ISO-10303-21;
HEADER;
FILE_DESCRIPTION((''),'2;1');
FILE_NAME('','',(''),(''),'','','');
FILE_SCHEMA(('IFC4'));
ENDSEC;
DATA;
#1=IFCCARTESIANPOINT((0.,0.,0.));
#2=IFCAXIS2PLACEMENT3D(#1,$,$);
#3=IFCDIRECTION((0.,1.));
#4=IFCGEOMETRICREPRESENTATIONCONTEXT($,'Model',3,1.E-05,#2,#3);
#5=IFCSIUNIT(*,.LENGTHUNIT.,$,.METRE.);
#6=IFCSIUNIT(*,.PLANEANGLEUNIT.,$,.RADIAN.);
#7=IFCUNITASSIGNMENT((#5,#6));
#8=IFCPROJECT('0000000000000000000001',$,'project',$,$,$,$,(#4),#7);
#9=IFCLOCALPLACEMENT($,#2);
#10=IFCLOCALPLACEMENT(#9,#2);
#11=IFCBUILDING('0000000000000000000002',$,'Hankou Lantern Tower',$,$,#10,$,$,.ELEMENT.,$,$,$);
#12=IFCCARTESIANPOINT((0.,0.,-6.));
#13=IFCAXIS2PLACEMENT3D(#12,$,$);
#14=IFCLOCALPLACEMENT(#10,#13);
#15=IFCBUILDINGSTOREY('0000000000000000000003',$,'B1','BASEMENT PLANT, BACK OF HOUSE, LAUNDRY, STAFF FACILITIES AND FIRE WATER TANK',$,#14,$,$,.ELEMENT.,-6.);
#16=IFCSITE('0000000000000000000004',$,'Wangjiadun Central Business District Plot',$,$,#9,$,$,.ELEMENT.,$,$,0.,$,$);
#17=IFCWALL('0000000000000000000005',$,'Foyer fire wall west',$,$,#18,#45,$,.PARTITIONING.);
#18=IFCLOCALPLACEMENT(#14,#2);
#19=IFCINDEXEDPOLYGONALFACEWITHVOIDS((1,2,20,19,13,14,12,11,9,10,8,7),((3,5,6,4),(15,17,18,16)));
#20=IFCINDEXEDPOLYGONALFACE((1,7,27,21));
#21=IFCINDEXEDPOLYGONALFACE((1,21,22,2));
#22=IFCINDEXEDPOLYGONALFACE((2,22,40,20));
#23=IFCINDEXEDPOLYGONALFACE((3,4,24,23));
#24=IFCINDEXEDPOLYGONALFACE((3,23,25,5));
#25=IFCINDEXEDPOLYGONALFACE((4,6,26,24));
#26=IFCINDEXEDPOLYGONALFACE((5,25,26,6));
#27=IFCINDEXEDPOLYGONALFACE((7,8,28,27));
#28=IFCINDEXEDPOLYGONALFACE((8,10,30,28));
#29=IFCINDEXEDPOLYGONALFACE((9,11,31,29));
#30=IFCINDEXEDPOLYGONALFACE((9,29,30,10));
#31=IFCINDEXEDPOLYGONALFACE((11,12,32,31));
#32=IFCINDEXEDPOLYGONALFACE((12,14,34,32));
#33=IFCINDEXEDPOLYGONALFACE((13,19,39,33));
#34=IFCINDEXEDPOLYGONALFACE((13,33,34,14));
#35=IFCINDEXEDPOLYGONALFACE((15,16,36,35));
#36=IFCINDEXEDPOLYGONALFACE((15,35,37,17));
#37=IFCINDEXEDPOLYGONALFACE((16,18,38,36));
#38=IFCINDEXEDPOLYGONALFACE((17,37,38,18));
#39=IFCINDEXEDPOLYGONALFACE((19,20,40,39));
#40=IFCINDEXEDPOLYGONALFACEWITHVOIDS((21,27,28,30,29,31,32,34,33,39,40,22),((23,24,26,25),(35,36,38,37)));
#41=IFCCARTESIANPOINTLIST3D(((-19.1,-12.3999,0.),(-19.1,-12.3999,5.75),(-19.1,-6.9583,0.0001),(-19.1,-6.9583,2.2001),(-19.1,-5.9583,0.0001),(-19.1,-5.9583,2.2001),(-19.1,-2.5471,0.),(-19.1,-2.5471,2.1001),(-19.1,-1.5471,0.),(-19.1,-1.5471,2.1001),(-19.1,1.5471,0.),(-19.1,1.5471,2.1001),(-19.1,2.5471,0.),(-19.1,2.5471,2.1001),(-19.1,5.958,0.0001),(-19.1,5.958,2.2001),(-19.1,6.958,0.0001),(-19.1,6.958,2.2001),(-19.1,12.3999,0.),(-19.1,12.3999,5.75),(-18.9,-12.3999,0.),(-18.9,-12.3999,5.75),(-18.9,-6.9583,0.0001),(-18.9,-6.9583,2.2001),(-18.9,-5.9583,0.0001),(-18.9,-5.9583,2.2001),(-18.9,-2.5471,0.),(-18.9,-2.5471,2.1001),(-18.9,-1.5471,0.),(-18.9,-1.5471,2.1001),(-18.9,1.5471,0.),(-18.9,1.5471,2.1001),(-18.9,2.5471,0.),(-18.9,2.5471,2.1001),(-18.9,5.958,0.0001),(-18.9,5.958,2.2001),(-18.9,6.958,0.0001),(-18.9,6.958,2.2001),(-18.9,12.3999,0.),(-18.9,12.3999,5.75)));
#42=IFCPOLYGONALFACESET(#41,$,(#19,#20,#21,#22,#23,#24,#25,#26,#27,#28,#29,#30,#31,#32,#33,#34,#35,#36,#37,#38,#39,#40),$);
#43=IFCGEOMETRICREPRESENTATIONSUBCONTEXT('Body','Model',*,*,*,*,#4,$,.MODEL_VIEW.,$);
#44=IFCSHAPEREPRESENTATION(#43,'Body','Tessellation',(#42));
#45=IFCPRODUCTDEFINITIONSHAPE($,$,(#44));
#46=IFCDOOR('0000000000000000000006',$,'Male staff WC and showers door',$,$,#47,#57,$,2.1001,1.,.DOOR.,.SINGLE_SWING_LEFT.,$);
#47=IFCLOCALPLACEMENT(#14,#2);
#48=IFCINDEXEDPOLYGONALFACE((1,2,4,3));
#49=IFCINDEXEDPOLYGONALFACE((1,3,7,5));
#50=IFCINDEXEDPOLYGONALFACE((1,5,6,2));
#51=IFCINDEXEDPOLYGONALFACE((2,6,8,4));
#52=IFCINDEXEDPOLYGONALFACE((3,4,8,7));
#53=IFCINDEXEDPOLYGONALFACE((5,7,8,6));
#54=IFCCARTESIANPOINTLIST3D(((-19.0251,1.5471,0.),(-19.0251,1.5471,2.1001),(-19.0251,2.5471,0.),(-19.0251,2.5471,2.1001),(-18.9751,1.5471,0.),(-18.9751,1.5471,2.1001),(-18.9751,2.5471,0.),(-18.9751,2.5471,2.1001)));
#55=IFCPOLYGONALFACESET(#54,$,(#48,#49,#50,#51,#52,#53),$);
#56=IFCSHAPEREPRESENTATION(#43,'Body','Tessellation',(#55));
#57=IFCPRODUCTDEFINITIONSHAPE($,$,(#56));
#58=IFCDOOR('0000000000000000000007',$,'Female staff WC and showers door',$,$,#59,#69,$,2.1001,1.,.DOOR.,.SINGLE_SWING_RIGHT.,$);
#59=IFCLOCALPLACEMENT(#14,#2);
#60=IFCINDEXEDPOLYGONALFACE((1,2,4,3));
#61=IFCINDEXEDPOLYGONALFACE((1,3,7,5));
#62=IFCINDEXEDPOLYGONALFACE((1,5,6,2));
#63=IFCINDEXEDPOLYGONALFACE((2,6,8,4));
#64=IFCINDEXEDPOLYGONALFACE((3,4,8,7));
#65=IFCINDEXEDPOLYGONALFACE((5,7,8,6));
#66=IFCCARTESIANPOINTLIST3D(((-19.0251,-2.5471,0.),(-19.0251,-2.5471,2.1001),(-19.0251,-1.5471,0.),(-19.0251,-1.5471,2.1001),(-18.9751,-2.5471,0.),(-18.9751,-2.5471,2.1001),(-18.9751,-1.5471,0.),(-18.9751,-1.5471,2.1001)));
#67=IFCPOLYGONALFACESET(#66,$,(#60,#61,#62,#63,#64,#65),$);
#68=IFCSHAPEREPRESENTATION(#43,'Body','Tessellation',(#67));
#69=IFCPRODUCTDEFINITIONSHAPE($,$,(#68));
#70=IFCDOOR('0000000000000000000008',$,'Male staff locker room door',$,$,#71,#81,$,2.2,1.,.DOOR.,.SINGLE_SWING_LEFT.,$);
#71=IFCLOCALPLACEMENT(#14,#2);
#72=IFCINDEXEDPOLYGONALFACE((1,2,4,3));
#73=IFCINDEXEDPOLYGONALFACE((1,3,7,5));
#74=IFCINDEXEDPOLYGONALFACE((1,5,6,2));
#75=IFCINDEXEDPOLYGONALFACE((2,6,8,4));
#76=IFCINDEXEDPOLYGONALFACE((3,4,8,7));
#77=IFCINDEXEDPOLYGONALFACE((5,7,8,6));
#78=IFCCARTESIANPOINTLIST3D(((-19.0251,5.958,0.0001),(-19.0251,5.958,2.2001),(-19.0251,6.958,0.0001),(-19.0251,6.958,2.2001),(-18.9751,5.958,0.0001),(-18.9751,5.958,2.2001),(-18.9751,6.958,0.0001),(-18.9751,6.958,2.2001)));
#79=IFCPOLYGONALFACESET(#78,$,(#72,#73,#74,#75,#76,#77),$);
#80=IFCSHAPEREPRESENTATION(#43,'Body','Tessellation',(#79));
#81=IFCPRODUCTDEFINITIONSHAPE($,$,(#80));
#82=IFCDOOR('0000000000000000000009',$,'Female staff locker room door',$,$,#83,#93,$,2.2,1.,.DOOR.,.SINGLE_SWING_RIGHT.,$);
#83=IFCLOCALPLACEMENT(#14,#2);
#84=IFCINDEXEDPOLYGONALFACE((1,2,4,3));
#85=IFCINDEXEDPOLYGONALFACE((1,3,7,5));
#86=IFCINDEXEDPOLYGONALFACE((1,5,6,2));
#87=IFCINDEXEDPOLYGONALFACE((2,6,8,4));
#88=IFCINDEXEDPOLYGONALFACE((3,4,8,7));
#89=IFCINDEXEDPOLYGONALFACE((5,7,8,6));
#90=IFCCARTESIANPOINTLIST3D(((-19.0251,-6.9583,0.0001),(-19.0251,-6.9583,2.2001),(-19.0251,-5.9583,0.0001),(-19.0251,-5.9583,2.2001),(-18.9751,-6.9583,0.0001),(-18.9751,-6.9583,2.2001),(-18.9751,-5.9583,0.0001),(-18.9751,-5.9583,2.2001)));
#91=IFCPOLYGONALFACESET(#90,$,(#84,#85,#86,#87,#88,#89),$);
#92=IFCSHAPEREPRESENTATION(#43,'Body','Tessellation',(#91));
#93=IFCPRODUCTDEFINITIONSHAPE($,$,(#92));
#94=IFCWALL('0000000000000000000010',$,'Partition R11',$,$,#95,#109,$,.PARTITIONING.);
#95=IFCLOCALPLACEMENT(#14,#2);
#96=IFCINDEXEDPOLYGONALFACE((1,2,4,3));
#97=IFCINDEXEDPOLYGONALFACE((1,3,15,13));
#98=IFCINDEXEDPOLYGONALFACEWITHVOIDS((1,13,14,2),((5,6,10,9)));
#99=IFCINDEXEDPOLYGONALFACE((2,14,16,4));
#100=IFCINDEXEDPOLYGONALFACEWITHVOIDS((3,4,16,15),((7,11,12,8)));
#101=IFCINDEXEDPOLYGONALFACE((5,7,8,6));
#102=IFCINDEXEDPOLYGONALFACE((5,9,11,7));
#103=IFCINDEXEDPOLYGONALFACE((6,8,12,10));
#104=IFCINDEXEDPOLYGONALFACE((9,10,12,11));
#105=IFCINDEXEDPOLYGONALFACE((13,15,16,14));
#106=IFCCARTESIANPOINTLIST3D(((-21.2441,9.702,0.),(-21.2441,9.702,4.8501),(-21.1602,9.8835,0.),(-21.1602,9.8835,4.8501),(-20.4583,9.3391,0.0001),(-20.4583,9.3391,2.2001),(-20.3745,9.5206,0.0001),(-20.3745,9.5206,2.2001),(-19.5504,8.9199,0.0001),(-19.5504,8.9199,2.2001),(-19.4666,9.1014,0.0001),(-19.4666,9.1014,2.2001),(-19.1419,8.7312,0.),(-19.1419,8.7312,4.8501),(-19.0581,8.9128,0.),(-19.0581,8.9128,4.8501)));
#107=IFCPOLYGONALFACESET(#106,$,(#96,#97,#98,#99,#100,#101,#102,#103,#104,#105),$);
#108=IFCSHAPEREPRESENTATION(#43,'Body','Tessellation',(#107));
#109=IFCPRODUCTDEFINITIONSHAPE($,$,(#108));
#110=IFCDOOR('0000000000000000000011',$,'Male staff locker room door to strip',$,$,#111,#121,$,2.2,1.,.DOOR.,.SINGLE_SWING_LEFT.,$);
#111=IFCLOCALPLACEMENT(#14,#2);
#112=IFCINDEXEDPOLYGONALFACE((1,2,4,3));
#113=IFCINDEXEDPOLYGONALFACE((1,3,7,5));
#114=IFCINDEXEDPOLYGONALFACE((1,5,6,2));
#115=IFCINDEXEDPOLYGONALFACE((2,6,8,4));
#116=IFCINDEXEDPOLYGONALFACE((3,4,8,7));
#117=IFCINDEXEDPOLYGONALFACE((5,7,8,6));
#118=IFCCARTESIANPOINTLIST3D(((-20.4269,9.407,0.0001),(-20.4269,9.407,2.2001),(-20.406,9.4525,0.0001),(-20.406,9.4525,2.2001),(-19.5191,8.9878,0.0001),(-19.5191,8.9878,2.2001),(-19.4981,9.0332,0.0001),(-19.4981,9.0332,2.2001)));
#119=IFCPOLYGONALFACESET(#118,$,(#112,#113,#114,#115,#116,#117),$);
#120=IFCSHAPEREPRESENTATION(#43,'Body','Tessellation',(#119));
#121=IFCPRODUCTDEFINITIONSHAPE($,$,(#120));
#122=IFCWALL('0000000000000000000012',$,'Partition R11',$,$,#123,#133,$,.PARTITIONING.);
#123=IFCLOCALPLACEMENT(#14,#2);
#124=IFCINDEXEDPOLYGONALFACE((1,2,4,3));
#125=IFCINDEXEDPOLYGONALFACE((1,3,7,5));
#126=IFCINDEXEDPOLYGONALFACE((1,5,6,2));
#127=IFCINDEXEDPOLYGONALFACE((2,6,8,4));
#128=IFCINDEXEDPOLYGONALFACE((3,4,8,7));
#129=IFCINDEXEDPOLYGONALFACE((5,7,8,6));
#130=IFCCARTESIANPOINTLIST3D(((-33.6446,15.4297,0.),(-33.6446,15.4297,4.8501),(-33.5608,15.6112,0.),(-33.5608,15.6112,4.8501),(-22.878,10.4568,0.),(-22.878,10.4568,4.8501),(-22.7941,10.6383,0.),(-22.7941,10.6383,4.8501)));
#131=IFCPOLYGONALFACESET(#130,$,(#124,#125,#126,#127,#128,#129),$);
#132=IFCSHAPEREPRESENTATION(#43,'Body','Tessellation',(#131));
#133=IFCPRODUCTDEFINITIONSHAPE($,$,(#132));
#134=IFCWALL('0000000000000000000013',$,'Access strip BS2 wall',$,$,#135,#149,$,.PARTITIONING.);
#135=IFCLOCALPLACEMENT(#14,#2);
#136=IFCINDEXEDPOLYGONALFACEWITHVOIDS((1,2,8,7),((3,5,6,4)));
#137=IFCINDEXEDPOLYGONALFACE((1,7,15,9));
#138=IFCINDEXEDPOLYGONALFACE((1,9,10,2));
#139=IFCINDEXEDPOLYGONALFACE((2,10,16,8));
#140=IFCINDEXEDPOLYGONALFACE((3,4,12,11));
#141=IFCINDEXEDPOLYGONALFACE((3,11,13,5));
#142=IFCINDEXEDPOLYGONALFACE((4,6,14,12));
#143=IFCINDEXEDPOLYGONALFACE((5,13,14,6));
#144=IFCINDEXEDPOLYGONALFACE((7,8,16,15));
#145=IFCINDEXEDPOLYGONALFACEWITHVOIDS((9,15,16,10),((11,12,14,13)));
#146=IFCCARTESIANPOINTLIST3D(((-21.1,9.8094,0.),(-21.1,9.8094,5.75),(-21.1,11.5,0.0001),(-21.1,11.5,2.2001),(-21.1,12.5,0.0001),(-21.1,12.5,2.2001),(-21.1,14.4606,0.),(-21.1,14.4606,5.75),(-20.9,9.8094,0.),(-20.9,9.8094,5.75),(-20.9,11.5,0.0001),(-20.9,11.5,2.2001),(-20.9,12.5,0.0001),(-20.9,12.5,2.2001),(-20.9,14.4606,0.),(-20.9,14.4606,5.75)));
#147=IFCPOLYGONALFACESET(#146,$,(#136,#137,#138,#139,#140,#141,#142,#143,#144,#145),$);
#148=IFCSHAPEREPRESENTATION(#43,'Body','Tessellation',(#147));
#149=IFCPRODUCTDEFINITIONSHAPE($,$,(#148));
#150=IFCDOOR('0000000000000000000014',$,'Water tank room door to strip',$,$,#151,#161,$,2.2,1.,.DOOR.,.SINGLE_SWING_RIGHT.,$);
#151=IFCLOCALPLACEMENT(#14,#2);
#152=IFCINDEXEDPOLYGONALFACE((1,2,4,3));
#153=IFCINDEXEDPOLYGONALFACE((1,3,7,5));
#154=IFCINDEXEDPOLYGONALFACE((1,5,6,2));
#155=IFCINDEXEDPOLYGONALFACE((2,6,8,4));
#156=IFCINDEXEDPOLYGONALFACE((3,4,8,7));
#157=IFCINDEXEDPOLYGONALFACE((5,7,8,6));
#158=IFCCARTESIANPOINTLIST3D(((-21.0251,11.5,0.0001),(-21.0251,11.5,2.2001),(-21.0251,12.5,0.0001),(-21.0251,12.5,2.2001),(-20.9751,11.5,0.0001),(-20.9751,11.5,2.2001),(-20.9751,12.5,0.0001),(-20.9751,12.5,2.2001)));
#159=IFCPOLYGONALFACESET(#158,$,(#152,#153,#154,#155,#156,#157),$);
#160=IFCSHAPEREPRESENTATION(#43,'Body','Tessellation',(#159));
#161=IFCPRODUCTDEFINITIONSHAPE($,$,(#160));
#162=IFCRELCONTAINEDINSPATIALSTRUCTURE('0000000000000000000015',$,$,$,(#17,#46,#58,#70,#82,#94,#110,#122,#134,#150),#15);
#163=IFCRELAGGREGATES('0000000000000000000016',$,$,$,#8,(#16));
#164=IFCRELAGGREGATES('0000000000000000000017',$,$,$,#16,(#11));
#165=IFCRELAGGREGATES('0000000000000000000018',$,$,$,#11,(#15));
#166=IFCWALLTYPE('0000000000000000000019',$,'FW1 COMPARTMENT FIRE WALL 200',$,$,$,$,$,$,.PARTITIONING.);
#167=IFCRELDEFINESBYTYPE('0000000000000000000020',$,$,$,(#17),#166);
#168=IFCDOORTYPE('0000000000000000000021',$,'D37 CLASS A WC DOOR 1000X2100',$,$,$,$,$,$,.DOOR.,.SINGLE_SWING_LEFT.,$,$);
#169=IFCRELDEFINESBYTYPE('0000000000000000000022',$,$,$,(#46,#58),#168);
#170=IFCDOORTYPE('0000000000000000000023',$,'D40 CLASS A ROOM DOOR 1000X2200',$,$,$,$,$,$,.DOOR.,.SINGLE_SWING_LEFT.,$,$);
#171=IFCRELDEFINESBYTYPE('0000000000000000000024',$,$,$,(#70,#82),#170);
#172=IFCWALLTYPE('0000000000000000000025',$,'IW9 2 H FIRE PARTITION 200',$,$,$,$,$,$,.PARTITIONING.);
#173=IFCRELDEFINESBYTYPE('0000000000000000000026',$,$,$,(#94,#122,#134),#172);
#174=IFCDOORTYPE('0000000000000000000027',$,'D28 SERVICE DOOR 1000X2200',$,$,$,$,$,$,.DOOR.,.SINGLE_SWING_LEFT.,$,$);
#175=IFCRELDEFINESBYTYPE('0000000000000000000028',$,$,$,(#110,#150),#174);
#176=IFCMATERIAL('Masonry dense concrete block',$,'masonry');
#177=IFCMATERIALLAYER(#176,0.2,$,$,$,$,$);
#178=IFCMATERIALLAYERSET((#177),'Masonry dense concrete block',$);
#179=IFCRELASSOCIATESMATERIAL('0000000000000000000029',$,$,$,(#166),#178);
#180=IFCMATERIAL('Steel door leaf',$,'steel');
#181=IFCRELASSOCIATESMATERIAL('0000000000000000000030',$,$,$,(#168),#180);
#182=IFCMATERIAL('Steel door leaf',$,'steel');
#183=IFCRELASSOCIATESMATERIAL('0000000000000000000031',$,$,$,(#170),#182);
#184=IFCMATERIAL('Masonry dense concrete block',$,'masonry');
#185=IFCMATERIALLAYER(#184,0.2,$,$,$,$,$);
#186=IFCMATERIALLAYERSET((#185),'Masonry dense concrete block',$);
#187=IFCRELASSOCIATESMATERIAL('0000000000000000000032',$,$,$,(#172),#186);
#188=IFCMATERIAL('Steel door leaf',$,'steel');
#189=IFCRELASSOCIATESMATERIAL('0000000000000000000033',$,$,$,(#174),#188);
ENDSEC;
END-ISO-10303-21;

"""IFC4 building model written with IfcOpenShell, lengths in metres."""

from ifc_helpers import new_model, si_unit, direction, frame, frame_2d, origin, place, context, subcontext, project, spatial, rectangle, extrude, material, layer, layer_set, type_object, element, fill, save


model = new_model("IFC4")

# Units and contexts
model_context = context("Model", 3, precision=1e-05, world=origin(), true_north=direction((0.0, 1.0)))
body_context = subcontext(model_context, "Body", "Model", "MODEL_VIEW")
ifc_project = project(units=[si_unit("LENGTHUNIT", "METRE"), si_unit("PLANEANGLEUNIT", "RADIAN")], contexts=[model_context])

# Site, building, storey
site_placement = place(None, origin())
site = spatial("IfcSite", under=ifc_project, at=site_placement, Name="Wangjiadun Central Business District Plot", CompositionType="ELEMENT", RefElevation=0.0)
building_placement = place(site_placement, origin())
building = spatial("IfcBuilding", under=site, at=building_placement, Name="Hankou Lantern Tower", CompositionType="ELEMENT")
storey_placement = place(building_placement, frame((0.0, 0.0, -6.0)))
storey = spatial("IfcBuildingStorey", under=building, at=storey_placement, Name="B1", Description="BASEMENT PLANT, BACK OF HOUSE, LAUNDRY, STAFF FACILITIES AND FIRE WATER TANK", CompositionType="ELEMENT", Elevation=-6.0)

# Wall, openings, doors
ifc_material_1 = material(Name="Masonry dense concrete block", Category="masonry")
ifc_layer_1 = layer(ifc_material_1, 0.2)
ifc_layer_set_1 = layer_set([ifc_layer_1], Name="Masonry dense concrete block")
wall_type_1 = type_object("IfcWallType", Name="FW1 COMPARTMENT FIRE WALL 200", PredefinedType="PARTITIONING", material=ifc_layer_set_1)
wall_1_placement = place(storey_placement, frame((-19.0, 12.3999, 0.0), z_axis=(0.0, 0.0, 1.0), x_axis=(0.0, -1.0, 0.0)))
wall_1 = element("IfcWall", 1, at=wall_1_placement, inside=storey, type_object=wall_type_1, Name="Foyer fire wall west", PredefinedType="PARTITIONING", context=body_context, shape_type="SweptSolid", body=[
    extrude(rectangle(XDim=24.7998, YDim=0.2, at=frame_2d((12.3999, 0.0))), origin(), (0.0, 0.0, 1.0), 5.75),
])
opening_1_placement = place(wall_1_placement, frame((5.4419, 0.0, 0.0)))
opening_1 = element("IfcOpeningElement", 2, at=opening_1_placement, cuts=wall_1, PredefinedType="OPENING", context=body_context, shape_type="SweptSolid", body=[
    extrude(rectangle(XDim=1.0, YDim=2.2, at=frame_2d((0.5, 1.1001))), frame((0.0, 0.1099, 0.0), z_axis=(0.0, -1.0, 0.0), x_axis=(1.0, 0.0, 0.0)), (0.0, 0.0, 1.0), 0.22),
])
opening_2_placement = place(wall_1_placement, frame((9.8528, 0.0, 0.0)))
opening_2 = element("IfcOpeningElement", 3, at=opening_2_placement, cuts=wall_1, PredefinedType="OPENING", context=body_context, shape_type="SweptSolid", body=[
    extrude(rectangle(XDim=1.0, YDim=2.1001, at=frame_2d((0.5, 1.05))), frame((0.0, 0.1099, 0.0), z_axis=(0.0, -1.0, 0.0), x_axis=(1.0, 0.0, 0.0)), (0.0, 0.0, 1.0), 0.22),
])
opening_3_placement = place(wall_1_placement, frame((13.947, 0.0, 0.0)))
opening_3 = element("IfcOpeningElement", 4, at=opening_3_placement, cuts=wall_1, PredefinedType="OPENING", context=body_context, shape_type="SweptSolid", body=[
    extrude(rectangle(XDim=1.0, YDim=2.1001, at=frame_2d((0.5, 1.05))), frame((0.0, 0.1099, 0.0), z_axis=(0.0, -1.0, 0.0), x_axis=(1.0, 0.0, 0.0)), (0.0, 0.0, 1.0), 0.22),
])
opening_4_placement = place(wall_1_placement, frame((18.3582, 0.0, 0.0)))
opening_4 = element("IfcOpeningElement", 5, at=opening_4_placement, cuts=wall_1, PredefinedType="OPENING", context=body_context, shape_type="SweptSolid", body=[
    extrude(rectangle(XDim=1.0, YDim=2.2, at=frame_2d((0.5, 1.1001))), frame((0.0, 0.1099, 0.0), z_axis=(0.0, -1.0, 0.0), x_axis=(1.0, 0.0, 0.0)), (0.0, 0.0, 1.0), 0.22),
])
ifc_material_2 = material(Name="Steel door leaf", Category="steel")
door_type_1 = type_object("IfcDoorType", Name="D37 CLASS A WC DOOR 1000X2100", OperationType="SINGLE_SWING_LEFT", PredefinedType="DOOR", material=ifc_material_2)
door_1_placement = place(opening_2_placement, origin())
door_1 = element("IfcDoor", 6, at=door_1_placement, inside=storey, type_object=door_type_1, Name="Male staff WC and showers door", OperationType="SINGLE_SWING_LEFT", OverallHeight=2.1001, OverallWidth=1.0, PredefinedType="DOOR", context=body_context, shape_type="SweptSolid", body=[
    extrude(rectangle(XDim=1.0, YDim=2.1001, at=frame_2d((0.5, 1.05))), frame((0.0, 0.0249, 0.0), z_axis=(0.0, -1.0, 0.0), x_axis=(1.0, 0.0, 0.0)), (0.0, 0.0, 1.0), 0.05),
])
fill(opening_2, door_1)
door_2_placement = place(opening_3_placement, origin())
door_2 = element("IfcDoor", 7, at=door_2_placement, inside=storey, type_object=door_type_1, Name="Female staff WC and showers door", OperationType="SINGLE_SWING_RIGHT", OverallHeight=2.1001, OverallWidth=1.0, PredefinedType="DOOR", context=body_context, shape_type="SweptSolid", body=[
    extrude(rectangle(XDim=1.0, YDim=2.1001, at=frame_2d((0.5, 1.05))), frame((0.0, 0.0249, 0.0), z_axis=(0.0, -1.0, 0.0), x_axis=(1.0, 0.0, 0.0)), (0.0, 0.0, 1.0), 0.05),
])
fill(opening_3, door_2)
ifc_material_3 = material(Name="Steel door leaf", Category="steel")
door_type_2 = type_object("IfcDoorType", Name="D40 CLASS A ROOM DOOR 1000X2200", OperationType="SINGLE_SWING_LEFT", PredefinedType="DOOR", material=ifc_material_3)
door_3_placement = place(opening_1_placement, origin())
door_3 = element("IfcDoor", 8, at=door_3_placement, inside=storey, type_object=door_type_2, Name="Male staff locker room door", OperationType="SINGLE_SWING_LEFT", OverallHeight=2.2, OverallWidth=1.0, PredefinedType="DOOR", context=body_context, shape_type="SweptSolid", body=[
    extrude(rectangle(XDim=1.0, YDim=2.2, at=frame_2d((0.5, 1.1001))), frame((0.0, 0.0249, 0.0), z_axis=(0.0, -1.0, 0.0), x_axis=(1.0, 0.0, 0.0)), (0.0, 0.0, 1.0), 0.05),
])
fill(opening_1, door_3)
door_4_placement = place(opening_4_placement, origin())
door_4 = element("IfcDoor", 9, at=door_4_placement, inside=storey, type_object=door_type_2, Name="Female staff locker room door", OperationType="SINGLE_SWING_RIGHT", OverallHeight=2.2, OverallWidth=1.0, PredefinedType="DOOR", context=body_context, shape_type="SweptSolid", body=[
    extrude(rectangle(XDim=1.0, YDim=2.2, at=frame_2d((0.5, 1.1001))), frame((0.0, 0.0249, 0.0), z_axis=(0.0, -1.0, 0.0), x_axis=(1.0, 0.0, 0.0)), (0.0, 0.0, 1.0), 0.05),
])
fill(opening_4, door_4)

# Wall, opening, door
ifc_material_4 = material(Name="Masonry dense concrete block", Category="masonry")
ifc_layer_2 = layer(ifc_material_4, 0.2)
ifc_layer_set_2 = layer_set([ifc_layer_2], Name="Masonry dense concrete block")
wall_type_2 = type_object("IfcWallType", Name="IW9 2 H FIRE PARTITION 200", PredefinedType="PARTITIONING", material=ifc_layer_set_2)
wall_2_placement = place(storey_placement, frame((-21.2021, 9.7927, 0.0), z_axis=(0.0, 0.0, 1.0), x_axis=(0.907873, -0.419245, 0.0)))
wall_2 = element("IfcWall", 10, at=wall_2_placement, inside=storey, type_object=wall_type_2, Name="Partition R11", PredefinedType="PARTITIONING", context=body_context, shape_type="SweptSolid", body=[
    extrude(rectangle(XDim=2.3154, YDim=0.2, at=frame_2d((1.1577, 0.0))), origin(), (0.0, 0.0, 1.0), 4.8501),
])
opening_5_placement = place(wall_2_placement, frame((0.8655, 0.0, 0.0)))
opening_5 = element("IfcOpeningElement", 11, at=opening_5_placement, cuts=wall_2, PredefinedType="OPENING", context=body_context, shape_type="SweptSolid", body=[
    extrude(rectangle(XDim=1.0, YDim=2.2, at=frame_2d((0.5, 1.1001))), frame((0.0, 0.1099, 0.0), z_axis=(0.0, -1.0, 0.0), x_axis=(1.0, 0.0, 0.0)), (0.0, 0.0, 1.0), 0.22),
])
ifc_material_5 = material(Name="Steel door leaf", Category="steel")
door_type_3 = type_object("IfcDoorType", Name="D28 SERVICE DOOR 1000X2200", OperationType="SINGLE_SWING_LEFT", PredefinedType="DOOR", material=ifc_material_5)
door_5_placement = place(opening_5_placement, origin())
door_5 = element("IfcDoor", 12, at=door_5_placement, inside=storey, type_object=door_type_3, Name="Male staff locker room door to strip", OperationType="SINGLE_SWING_LEFT", OverallHeight=2.2, OverallWidth=1.0, PredefinedType="DOOR", context=body_context, shape_type="SweptSolid", body=[
    extrude(rectangle(XDim=1.0, YDim=2.2, at=frame_2d((0.5, 1.1001))), frame((0.0, 0.0249, 0.0), z_axis=(0.0, -1.0, 0.0), x_axis=(1.0, 0.0, 0.0)), (0.0, 0.0, 1.0), 0.05),
])
fill(opening_5, door_5)

# Wall
wall_3_placement = place(storey_placement, frame((-22.8362, 10.5476, 0.0), z_axis=(0.0, 0.0, 1.0), x_axis=(-0.907841, 0.419315, 0.0)))
element("IfcWall", 13, at=wall_3_placement, inside=storey, type_object=wall_type_2, Name="Partition R11", PredefinedType="PARTITIONING", context=body_context, shape_type="SweptSolid", body=[
    extrude(rectangle(XDim=11.8596, YDim=0.2, at=frame_2d((5.9297, 0.0))), origin(), (0.0, 0.0, 1.0), 4.8501),
])

# Wall, opening, door
wall_4_placement = place(storey_placement, frame((-21.0, 14.4607, 0.0), z_axis=(0.0, 0.0, 1.0), x_axis=(0.0, -1.0, 0.0)))
wall_4 = element("IfcWall", 14, at=wall_4_placement, inside=storey, type_object=wall_type_2, Name="Access strip BS2 wall", PredefinedType="PARTITIONING", context=body_context, shape_type="SweptSolid", body=[
    extrude(rectangle(XDim=4.6511, YDim=0.2, at=frame_2d((2.3257, 0.0))), origin(), (0.0, 0.0, 1.0), 5.75),
])
opening_6_placement = place(wall_4_placement, frame((1.9607, 0.0, 0.0)))
opening_6 = element("IfcOpeningElement", 15, at=opening_6_placement, cuts=wall_4, PredefinedType="OPENING", context=body_context, shape_type="SweptSolid", body=[
    extrude(rectangle(XDim=1.0, YDim=2.2, at=frame_2d((0.5, 1.1001))), frame((0.0, 0.1099, 0.0), z_axis=(0.0, -1.0, 0.0), x_axis=(1.0, 0.0, 0.0)), (0.0, 0.0, 1.0), 0.22),
])
door_6_placement = place(opening_6_placement, origin())
door_6 = element("IfcDoor", 16, at=door_6_placement, inside=storey, type_object=door_type_3, Name="Water tank room door to strip", OperationType="SINGLE_SWING_RIGHT", OverallHeight=2.2, OverallWidth=1.0, PredefinedType="DOOR", context=body_context, shape_type="SweptSolid", body=[
    extrude(rectangle(XDim=1.0, YDim=2.2, at=frame_2d((0.5, 1.1001))), frame((0.0, 0.0249, 0.0), z_axis=(0.0, -1.0, 0.0), x_axis=(1.0, 0.0, 0.0)), (0.0, 0.0, 1.0), 0.05),
])
fill(opening_6, door_6)

save(model, "model.ifc")
